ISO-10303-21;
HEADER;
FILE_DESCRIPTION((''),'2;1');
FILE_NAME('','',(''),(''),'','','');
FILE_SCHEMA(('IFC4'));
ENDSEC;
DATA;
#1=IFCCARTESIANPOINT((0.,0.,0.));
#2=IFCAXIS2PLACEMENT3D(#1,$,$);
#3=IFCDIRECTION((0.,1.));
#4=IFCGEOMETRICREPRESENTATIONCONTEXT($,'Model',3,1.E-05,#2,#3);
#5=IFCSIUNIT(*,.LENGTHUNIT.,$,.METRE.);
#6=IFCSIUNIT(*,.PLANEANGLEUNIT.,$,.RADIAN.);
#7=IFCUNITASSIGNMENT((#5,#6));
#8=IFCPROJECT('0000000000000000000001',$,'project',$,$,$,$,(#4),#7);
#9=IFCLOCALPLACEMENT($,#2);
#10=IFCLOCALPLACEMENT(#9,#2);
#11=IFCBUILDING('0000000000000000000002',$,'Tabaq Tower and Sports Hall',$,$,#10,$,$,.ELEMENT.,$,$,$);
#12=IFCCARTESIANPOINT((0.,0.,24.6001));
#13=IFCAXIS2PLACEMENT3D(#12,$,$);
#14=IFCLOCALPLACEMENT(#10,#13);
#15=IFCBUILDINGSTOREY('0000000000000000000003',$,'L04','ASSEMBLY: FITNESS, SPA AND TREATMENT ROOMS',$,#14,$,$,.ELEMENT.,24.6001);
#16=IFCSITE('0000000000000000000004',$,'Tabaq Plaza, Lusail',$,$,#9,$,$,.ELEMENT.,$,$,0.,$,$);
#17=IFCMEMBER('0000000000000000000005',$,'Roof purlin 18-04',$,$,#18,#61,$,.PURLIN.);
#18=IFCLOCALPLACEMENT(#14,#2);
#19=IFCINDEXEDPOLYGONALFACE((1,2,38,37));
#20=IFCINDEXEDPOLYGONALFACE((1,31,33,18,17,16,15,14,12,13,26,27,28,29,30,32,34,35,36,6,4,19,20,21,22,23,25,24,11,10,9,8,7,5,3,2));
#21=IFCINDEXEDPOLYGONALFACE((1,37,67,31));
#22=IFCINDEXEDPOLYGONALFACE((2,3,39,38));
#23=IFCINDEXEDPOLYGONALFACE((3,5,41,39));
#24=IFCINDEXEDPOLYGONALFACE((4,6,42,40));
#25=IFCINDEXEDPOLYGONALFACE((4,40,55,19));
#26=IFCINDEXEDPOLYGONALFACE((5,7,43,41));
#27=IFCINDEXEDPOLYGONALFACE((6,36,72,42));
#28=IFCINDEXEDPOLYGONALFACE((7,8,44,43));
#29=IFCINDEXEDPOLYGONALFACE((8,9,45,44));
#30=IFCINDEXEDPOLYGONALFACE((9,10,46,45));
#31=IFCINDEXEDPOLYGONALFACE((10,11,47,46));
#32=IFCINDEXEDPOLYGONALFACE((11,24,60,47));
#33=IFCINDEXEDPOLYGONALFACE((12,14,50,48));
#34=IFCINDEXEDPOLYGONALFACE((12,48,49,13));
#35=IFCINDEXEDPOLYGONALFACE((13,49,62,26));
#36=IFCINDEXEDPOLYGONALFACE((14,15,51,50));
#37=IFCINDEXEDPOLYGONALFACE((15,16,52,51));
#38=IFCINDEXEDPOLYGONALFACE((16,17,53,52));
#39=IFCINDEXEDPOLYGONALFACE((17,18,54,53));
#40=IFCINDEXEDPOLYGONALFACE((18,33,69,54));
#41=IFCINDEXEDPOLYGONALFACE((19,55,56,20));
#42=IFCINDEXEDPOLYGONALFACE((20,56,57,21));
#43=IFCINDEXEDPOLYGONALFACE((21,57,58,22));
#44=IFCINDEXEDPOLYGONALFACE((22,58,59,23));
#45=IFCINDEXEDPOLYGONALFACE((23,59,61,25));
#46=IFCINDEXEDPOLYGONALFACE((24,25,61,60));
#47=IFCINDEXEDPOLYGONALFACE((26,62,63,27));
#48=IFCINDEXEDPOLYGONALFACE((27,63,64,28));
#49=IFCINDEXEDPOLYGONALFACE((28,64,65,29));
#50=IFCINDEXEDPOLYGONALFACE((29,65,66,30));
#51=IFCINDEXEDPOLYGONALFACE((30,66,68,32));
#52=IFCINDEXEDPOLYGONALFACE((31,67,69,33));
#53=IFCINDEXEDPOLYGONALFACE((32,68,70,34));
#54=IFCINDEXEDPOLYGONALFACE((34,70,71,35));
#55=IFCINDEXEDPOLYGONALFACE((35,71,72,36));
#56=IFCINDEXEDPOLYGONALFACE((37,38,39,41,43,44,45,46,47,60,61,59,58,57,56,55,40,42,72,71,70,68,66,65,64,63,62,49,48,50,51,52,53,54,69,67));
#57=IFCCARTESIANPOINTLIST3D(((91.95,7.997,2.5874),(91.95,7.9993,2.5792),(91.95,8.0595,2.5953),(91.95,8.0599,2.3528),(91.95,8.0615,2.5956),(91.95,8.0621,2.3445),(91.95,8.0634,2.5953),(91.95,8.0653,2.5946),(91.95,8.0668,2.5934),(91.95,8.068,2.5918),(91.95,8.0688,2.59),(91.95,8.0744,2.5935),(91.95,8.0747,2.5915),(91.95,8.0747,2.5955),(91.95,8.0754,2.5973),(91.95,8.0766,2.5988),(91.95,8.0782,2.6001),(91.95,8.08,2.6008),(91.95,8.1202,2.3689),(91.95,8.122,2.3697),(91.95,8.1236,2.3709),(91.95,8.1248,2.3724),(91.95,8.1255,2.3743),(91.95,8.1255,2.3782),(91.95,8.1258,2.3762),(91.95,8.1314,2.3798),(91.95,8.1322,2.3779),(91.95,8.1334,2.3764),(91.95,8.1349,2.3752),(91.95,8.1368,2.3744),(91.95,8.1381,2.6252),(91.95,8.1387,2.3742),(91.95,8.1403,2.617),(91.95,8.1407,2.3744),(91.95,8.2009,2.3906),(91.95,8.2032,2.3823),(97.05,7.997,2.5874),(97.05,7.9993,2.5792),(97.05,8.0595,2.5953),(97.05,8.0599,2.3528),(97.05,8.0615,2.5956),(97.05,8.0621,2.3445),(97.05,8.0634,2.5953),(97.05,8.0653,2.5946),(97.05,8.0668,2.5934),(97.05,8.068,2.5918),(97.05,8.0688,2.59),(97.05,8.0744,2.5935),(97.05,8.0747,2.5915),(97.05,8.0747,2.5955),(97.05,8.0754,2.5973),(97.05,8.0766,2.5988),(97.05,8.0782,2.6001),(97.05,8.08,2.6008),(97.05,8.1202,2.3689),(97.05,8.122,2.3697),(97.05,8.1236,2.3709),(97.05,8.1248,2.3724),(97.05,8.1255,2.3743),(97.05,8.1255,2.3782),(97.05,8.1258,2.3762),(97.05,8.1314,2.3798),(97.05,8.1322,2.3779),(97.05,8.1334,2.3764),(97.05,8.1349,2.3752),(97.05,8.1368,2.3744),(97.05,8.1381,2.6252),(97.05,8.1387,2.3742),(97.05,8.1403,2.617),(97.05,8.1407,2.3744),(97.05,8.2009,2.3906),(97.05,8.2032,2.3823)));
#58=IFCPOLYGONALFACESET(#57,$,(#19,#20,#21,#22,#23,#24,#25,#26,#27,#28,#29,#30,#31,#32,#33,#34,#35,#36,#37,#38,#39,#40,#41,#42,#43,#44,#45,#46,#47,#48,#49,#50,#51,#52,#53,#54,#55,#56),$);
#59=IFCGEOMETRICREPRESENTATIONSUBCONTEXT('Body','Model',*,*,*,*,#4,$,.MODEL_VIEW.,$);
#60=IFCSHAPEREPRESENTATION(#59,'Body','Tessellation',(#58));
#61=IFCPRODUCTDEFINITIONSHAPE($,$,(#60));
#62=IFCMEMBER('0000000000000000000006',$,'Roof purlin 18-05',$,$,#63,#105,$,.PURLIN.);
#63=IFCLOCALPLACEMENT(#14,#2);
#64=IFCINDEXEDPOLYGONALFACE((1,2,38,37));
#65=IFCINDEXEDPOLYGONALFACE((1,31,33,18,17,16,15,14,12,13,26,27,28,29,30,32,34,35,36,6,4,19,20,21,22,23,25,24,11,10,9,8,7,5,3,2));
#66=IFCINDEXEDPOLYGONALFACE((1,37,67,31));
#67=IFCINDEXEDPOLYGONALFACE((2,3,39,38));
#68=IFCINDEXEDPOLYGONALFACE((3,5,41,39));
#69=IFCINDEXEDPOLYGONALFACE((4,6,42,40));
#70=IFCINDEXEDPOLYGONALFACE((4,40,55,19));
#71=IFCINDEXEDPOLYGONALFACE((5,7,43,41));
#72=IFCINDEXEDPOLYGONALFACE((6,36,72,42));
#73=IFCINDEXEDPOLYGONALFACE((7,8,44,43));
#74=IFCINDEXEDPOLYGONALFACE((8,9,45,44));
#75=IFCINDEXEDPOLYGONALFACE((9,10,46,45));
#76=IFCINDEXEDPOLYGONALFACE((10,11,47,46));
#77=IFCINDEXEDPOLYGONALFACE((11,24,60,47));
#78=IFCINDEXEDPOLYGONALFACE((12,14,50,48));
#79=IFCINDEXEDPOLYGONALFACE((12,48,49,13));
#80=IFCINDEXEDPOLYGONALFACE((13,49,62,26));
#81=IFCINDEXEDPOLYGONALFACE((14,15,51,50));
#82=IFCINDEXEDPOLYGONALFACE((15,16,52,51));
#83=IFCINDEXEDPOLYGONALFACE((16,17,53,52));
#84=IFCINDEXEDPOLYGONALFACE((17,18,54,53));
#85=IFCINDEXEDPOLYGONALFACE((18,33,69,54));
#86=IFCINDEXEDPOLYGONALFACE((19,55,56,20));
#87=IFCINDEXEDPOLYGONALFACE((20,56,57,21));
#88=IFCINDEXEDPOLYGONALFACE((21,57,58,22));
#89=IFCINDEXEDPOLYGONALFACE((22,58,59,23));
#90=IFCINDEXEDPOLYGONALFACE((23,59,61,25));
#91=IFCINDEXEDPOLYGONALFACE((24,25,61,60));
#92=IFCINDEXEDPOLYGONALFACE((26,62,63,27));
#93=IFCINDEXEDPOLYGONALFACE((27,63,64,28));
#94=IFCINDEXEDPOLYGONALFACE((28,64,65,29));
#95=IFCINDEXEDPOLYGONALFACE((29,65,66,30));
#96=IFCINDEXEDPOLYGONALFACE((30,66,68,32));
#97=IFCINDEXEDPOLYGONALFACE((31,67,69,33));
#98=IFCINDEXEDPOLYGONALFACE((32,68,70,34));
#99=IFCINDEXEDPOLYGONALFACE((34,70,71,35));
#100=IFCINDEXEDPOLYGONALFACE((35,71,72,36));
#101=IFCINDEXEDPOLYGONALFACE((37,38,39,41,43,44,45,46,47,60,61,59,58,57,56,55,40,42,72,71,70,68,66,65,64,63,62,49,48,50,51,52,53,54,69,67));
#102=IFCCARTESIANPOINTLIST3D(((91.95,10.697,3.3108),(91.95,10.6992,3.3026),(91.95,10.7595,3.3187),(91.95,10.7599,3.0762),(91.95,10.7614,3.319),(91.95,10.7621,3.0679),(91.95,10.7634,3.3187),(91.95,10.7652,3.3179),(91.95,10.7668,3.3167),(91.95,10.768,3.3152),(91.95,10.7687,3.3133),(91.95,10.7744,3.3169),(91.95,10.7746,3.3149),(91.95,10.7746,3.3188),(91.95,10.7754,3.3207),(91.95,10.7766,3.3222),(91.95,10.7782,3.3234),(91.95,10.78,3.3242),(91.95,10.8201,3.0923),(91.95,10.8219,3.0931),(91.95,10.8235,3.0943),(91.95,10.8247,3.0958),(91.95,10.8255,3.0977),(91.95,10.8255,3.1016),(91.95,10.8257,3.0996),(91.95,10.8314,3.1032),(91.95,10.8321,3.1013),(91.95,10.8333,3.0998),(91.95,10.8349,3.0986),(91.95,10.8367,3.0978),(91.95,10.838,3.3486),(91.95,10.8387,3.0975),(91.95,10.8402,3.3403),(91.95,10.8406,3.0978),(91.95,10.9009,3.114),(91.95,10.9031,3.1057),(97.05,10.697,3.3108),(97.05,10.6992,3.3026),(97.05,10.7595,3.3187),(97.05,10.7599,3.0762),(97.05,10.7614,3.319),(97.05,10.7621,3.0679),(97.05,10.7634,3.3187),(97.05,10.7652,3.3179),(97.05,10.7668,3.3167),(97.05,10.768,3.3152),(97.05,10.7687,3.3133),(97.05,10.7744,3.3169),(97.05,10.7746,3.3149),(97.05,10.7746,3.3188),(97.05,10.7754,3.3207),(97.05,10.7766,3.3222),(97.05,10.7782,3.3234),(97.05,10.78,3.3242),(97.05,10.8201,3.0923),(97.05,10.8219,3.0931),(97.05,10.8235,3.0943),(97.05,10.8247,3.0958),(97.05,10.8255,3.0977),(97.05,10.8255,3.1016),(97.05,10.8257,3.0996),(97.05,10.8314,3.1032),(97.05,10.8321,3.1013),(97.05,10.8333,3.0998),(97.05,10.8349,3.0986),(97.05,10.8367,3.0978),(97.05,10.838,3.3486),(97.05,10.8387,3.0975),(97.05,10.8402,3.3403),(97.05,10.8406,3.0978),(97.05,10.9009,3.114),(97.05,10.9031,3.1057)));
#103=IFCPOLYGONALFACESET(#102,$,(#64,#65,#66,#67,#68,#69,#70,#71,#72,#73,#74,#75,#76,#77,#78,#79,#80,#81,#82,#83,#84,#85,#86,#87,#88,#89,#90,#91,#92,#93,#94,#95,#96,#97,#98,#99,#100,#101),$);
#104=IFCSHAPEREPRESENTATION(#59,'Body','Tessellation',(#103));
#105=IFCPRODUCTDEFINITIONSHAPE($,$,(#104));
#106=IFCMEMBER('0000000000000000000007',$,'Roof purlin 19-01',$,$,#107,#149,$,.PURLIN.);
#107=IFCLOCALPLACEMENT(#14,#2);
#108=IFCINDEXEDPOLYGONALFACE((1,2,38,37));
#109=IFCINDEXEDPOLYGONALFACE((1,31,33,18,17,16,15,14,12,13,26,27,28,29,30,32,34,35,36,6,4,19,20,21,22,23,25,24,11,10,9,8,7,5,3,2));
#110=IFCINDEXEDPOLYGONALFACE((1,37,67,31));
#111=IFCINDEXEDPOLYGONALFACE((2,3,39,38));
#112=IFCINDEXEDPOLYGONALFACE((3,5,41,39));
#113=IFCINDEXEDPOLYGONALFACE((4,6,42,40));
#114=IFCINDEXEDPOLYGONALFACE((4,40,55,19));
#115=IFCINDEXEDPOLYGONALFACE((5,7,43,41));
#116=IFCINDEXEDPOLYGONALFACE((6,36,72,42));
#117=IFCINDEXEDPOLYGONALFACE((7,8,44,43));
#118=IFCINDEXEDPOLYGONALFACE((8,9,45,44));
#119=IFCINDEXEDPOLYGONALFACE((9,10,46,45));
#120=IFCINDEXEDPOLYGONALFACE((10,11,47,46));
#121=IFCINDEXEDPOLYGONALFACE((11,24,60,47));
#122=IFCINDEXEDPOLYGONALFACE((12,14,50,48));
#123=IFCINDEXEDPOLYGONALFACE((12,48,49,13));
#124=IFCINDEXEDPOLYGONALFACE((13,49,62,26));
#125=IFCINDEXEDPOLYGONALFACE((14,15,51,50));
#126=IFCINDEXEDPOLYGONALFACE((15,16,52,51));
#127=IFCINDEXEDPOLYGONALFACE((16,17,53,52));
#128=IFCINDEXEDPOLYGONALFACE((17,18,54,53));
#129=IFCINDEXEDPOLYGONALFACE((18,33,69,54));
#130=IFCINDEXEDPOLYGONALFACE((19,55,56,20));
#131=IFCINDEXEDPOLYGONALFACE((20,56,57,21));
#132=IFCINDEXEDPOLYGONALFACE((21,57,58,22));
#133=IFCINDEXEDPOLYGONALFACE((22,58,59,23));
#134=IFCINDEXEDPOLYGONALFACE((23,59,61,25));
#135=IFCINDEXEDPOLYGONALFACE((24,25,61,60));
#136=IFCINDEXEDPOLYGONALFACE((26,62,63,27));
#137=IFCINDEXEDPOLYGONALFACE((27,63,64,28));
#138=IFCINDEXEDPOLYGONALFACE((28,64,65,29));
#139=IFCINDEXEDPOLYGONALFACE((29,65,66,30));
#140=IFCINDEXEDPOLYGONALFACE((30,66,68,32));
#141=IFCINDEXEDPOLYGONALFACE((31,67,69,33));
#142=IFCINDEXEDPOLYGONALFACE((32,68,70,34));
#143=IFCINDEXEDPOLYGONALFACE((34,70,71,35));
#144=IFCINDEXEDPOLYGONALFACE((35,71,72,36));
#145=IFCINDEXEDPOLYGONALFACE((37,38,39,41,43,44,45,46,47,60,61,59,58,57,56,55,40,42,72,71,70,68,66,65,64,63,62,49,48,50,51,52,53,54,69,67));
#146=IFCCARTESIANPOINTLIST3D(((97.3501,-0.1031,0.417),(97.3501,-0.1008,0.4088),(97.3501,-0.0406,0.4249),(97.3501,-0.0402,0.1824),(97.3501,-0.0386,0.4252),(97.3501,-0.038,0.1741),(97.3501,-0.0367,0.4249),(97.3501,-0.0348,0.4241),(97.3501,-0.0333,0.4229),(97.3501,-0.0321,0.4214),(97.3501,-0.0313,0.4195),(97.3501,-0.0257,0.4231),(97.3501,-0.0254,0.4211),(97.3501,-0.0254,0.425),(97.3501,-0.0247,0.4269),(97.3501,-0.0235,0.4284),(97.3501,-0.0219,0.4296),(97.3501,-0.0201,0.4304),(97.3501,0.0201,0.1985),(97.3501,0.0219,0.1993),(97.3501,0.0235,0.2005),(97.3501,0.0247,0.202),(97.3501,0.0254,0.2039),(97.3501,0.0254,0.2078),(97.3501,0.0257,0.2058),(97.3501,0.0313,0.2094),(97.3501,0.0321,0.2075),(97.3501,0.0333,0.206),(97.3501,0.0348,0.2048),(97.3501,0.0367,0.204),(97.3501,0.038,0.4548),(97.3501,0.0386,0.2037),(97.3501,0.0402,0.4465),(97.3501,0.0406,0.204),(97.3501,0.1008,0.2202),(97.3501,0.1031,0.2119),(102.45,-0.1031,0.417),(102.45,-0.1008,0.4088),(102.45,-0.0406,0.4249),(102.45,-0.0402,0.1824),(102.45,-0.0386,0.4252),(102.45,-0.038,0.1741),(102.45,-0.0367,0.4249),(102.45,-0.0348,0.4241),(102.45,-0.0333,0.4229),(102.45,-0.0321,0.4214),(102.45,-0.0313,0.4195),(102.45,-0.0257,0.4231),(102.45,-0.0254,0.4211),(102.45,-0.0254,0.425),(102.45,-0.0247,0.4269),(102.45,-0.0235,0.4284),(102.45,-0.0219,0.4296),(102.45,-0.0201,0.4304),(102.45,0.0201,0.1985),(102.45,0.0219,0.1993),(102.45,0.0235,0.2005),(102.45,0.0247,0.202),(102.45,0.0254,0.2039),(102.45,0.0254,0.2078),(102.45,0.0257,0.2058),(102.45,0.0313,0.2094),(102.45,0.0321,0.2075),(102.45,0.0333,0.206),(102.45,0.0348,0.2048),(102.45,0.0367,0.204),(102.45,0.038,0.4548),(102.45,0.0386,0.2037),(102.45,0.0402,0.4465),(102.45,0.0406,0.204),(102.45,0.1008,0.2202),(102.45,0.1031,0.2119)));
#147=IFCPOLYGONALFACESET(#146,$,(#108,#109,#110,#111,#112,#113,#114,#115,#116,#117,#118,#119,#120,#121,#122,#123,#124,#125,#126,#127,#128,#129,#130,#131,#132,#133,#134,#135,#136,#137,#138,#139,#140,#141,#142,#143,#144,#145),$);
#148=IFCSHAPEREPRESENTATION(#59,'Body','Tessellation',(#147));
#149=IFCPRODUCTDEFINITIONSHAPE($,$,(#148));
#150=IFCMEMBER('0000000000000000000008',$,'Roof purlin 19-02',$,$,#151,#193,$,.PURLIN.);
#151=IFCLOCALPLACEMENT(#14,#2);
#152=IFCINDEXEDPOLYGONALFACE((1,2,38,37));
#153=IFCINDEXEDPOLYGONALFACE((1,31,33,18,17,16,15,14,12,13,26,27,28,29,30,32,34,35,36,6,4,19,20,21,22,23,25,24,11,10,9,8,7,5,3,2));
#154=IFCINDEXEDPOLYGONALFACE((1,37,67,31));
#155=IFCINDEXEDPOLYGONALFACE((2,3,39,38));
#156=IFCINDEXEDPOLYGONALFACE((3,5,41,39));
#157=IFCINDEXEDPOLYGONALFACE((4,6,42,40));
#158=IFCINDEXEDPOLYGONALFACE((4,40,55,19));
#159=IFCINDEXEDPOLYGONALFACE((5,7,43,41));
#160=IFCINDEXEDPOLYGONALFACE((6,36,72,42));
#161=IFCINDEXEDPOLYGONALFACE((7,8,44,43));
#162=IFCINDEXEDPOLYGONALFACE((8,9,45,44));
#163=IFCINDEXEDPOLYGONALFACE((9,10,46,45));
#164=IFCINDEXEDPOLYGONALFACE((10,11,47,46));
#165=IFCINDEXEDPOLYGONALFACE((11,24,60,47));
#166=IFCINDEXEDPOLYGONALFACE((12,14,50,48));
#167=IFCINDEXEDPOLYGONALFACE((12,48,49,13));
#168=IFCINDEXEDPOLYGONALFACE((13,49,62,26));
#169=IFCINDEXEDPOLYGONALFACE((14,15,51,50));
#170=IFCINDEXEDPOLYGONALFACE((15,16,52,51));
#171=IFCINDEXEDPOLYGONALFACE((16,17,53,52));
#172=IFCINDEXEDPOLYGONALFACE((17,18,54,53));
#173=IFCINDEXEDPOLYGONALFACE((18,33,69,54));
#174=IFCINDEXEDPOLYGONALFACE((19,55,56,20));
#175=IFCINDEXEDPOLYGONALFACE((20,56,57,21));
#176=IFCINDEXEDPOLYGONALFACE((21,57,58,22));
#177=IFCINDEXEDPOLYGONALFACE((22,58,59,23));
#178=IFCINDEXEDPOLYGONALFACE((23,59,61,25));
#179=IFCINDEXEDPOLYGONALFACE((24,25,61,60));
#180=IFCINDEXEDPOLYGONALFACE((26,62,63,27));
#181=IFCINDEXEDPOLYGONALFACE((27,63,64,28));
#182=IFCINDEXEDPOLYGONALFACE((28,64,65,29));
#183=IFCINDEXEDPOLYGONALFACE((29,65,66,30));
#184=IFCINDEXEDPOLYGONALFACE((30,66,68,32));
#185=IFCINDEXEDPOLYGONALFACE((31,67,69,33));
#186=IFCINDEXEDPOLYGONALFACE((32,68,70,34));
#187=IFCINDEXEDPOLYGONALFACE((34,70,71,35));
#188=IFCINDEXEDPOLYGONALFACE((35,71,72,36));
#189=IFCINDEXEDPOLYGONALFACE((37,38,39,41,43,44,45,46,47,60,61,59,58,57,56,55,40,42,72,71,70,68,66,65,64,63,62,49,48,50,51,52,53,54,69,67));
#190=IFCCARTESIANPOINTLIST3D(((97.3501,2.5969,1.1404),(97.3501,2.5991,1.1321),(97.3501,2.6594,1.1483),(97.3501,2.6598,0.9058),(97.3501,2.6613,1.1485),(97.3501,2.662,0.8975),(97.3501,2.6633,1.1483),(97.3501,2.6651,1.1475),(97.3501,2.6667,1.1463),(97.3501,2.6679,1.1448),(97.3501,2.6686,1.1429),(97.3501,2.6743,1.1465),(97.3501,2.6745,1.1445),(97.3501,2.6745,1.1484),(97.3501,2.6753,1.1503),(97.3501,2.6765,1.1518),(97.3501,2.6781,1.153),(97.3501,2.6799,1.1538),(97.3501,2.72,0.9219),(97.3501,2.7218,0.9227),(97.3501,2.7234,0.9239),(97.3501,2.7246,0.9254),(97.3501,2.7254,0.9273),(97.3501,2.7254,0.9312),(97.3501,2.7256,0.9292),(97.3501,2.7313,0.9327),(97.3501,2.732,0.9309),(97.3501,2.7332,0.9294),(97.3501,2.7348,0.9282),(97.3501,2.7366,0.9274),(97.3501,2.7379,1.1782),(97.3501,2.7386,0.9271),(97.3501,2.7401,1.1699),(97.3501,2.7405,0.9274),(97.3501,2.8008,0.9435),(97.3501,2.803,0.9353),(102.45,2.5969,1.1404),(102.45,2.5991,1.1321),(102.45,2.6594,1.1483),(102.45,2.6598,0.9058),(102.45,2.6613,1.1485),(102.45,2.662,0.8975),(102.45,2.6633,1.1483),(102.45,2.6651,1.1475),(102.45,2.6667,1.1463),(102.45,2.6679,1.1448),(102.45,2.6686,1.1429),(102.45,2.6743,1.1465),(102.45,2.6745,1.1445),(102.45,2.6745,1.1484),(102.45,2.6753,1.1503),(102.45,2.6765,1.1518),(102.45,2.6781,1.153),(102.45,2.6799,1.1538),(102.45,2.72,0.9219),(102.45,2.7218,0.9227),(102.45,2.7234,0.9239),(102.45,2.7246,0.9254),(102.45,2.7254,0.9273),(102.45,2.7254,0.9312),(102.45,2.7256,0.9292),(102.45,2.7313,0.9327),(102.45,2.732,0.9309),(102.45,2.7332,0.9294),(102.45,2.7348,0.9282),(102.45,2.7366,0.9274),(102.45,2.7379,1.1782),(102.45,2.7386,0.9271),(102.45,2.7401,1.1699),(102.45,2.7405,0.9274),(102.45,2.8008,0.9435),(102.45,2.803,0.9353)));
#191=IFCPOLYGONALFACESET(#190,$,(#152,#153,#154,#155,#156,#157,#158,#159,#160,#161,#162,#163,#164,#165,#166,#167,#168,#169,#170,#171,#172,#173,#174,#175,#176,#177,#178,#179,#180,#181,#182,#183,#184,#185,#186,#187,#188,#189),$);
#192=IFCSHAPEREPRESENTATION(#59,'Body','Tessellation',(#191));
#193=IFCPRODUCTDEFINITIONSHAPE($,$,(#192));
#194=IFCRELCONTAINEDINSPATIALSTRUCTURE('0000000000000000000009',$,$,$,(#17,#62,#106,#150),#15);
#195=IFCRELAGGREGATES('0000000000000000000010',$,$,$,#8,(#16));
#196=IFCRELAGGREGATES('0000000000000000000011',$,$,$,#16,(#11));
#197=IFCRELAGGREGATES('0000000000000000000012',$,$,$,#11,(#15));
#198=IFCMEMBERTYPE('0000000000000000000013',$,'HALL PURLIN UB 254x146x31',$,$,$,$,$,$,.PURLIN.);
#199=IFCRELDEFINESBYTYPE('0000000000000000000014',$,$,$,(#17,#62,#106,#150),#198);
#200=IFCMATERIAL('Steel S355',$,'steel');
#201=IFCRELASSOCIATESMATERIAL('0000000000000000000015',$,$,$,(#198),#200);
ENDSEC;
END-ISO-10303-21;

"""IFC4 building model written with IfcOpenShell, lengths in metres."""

from ifc_helpers import new_model, si_unit, direction, frame, origin, origin_2d, place, context, subcontext, project, spatial, i_section, extrude, material, material_profile, profile_set, type_object, element, save


model = new_model("IFC4")

# Units and contexts
model_context = context("Model", 3, precision=1e-05, world=origin(), true_north=direction((0.0, 1.0)))
body_context = subcontext(model_context, "Body", "Model", "MODEL_VIEW")
ifc_project = project(units=[si_unit("LENGTHUNIT", "METRE"), si_unit("PLANEANGLEUNIT", "RADIAN")], contexts=[model_context])

# Site, building, storey
site_placement = place(None, origin())
site = spatial("IfcSite", under=ifc_project, at=site_placement, Name="Tabaq Plaza, Lusail", CompositionType="ELEMENT", RefElevation=0.0)
building_placement = place(site_placement, origin())
building = spatial("IfcBuilding", under=site, at=building_placement, Name="Tabaq Tower and Sports Hall", CompositionType="ELEMENT")
storey_placement = place(building_placement, frame((0.0, 0.0, 24.6001)))
storey = spatial("IfcBuildingStorey", under=building, at=storey_placement, Name="L04", Description="ASSEMBLY: FITNESS, SPA AND TREATMENT ROOMS", CompositionType="ELEMENT", Elevation=24.6001)

# Members
ifc_material_1 = material(Name="Steel S355", Category="steel")
ifc_material_profile_1 = material_profile(ifc_material_1, i_section(OverallWidth=0.146, OverallDepth=0.2515, WebThickness=0.0061, FlangeThickness=0.0085, FilletRadius=0.0076, at=origin_2d()), Name="UB 254x146x31")
ifc_profile_set_1 = profile_set([ifc_material_profile_1], Name="Steel S355")
member_type_1 = type_object("IfcMemberType", Name="HALL PURLIN UB 254x146x31", PredefinedType="PURLIN", material=ifc_profile_set_1)
for number, where, z_axis, x_axis, name in (
    (1, (91.95, 8.1001, 2.4849), (1.0, 0.0, 0.0), (0.0, 0.965926, 0.258819), "Roof purlin 18-04"),
    (2, (91.95, 10.8, 3.2083), (1.0, 0.0, 0.0), (0.0, 0.965926, 0.258819), "Roof purlin 18-05"),
):
    element("IfcMember", number, at=place(storey_placement, frame(where, z_axis=z_axis, x_axis=x_axis)), inside=storey, type_object=member_type_1, Name=name, PredefinedType="PURLIN", context=body_context, shape_type="SweptSolid", body=[
        extrude(i_section(OverallWidth=0.146, OverallDepth=0.2515, WebThickness=0.0061, FlangeThickness=0.0085, FilletRadius=0.0076, at=origin_2d()), origin(), (0.0, 0.0, 1.0), 5.1001),
    ])
for number, where, z_axis, x_axis, name in (
    (3, (97.3501, 0.0, 0.3145), (1.0, 0.0, 0.0), (0.0, 0.965926, 0.258819), "Roof purlin 19-01"),
    (4, (97.3501, 2.7, 1.0378), (1.0, 0.0, 0.0), (0.0, 0.965926, 0.258819), "Roof purlin 19-02"),
):
    element("IfcMember", number, at=place(storey_placement, frame(where, z_axis=z_axis, x_axis=x_axis)), inside=storey, type_object=member_type_1, Name=name, PredefinedType="PURLIN", context=body_context, shape_type="SweptSolid", body=[
        extrude(i_section(OverallWidth=0.146, OverallDepth=0.2515, WebThickness=0.0061, FlangeThickness=0.0085, FilletRadius=0.0076, at=origin_2d()), origin(), (0.0, 0.0, 1.0), 5.0999),
    ])

save(model, "model.ifc")
